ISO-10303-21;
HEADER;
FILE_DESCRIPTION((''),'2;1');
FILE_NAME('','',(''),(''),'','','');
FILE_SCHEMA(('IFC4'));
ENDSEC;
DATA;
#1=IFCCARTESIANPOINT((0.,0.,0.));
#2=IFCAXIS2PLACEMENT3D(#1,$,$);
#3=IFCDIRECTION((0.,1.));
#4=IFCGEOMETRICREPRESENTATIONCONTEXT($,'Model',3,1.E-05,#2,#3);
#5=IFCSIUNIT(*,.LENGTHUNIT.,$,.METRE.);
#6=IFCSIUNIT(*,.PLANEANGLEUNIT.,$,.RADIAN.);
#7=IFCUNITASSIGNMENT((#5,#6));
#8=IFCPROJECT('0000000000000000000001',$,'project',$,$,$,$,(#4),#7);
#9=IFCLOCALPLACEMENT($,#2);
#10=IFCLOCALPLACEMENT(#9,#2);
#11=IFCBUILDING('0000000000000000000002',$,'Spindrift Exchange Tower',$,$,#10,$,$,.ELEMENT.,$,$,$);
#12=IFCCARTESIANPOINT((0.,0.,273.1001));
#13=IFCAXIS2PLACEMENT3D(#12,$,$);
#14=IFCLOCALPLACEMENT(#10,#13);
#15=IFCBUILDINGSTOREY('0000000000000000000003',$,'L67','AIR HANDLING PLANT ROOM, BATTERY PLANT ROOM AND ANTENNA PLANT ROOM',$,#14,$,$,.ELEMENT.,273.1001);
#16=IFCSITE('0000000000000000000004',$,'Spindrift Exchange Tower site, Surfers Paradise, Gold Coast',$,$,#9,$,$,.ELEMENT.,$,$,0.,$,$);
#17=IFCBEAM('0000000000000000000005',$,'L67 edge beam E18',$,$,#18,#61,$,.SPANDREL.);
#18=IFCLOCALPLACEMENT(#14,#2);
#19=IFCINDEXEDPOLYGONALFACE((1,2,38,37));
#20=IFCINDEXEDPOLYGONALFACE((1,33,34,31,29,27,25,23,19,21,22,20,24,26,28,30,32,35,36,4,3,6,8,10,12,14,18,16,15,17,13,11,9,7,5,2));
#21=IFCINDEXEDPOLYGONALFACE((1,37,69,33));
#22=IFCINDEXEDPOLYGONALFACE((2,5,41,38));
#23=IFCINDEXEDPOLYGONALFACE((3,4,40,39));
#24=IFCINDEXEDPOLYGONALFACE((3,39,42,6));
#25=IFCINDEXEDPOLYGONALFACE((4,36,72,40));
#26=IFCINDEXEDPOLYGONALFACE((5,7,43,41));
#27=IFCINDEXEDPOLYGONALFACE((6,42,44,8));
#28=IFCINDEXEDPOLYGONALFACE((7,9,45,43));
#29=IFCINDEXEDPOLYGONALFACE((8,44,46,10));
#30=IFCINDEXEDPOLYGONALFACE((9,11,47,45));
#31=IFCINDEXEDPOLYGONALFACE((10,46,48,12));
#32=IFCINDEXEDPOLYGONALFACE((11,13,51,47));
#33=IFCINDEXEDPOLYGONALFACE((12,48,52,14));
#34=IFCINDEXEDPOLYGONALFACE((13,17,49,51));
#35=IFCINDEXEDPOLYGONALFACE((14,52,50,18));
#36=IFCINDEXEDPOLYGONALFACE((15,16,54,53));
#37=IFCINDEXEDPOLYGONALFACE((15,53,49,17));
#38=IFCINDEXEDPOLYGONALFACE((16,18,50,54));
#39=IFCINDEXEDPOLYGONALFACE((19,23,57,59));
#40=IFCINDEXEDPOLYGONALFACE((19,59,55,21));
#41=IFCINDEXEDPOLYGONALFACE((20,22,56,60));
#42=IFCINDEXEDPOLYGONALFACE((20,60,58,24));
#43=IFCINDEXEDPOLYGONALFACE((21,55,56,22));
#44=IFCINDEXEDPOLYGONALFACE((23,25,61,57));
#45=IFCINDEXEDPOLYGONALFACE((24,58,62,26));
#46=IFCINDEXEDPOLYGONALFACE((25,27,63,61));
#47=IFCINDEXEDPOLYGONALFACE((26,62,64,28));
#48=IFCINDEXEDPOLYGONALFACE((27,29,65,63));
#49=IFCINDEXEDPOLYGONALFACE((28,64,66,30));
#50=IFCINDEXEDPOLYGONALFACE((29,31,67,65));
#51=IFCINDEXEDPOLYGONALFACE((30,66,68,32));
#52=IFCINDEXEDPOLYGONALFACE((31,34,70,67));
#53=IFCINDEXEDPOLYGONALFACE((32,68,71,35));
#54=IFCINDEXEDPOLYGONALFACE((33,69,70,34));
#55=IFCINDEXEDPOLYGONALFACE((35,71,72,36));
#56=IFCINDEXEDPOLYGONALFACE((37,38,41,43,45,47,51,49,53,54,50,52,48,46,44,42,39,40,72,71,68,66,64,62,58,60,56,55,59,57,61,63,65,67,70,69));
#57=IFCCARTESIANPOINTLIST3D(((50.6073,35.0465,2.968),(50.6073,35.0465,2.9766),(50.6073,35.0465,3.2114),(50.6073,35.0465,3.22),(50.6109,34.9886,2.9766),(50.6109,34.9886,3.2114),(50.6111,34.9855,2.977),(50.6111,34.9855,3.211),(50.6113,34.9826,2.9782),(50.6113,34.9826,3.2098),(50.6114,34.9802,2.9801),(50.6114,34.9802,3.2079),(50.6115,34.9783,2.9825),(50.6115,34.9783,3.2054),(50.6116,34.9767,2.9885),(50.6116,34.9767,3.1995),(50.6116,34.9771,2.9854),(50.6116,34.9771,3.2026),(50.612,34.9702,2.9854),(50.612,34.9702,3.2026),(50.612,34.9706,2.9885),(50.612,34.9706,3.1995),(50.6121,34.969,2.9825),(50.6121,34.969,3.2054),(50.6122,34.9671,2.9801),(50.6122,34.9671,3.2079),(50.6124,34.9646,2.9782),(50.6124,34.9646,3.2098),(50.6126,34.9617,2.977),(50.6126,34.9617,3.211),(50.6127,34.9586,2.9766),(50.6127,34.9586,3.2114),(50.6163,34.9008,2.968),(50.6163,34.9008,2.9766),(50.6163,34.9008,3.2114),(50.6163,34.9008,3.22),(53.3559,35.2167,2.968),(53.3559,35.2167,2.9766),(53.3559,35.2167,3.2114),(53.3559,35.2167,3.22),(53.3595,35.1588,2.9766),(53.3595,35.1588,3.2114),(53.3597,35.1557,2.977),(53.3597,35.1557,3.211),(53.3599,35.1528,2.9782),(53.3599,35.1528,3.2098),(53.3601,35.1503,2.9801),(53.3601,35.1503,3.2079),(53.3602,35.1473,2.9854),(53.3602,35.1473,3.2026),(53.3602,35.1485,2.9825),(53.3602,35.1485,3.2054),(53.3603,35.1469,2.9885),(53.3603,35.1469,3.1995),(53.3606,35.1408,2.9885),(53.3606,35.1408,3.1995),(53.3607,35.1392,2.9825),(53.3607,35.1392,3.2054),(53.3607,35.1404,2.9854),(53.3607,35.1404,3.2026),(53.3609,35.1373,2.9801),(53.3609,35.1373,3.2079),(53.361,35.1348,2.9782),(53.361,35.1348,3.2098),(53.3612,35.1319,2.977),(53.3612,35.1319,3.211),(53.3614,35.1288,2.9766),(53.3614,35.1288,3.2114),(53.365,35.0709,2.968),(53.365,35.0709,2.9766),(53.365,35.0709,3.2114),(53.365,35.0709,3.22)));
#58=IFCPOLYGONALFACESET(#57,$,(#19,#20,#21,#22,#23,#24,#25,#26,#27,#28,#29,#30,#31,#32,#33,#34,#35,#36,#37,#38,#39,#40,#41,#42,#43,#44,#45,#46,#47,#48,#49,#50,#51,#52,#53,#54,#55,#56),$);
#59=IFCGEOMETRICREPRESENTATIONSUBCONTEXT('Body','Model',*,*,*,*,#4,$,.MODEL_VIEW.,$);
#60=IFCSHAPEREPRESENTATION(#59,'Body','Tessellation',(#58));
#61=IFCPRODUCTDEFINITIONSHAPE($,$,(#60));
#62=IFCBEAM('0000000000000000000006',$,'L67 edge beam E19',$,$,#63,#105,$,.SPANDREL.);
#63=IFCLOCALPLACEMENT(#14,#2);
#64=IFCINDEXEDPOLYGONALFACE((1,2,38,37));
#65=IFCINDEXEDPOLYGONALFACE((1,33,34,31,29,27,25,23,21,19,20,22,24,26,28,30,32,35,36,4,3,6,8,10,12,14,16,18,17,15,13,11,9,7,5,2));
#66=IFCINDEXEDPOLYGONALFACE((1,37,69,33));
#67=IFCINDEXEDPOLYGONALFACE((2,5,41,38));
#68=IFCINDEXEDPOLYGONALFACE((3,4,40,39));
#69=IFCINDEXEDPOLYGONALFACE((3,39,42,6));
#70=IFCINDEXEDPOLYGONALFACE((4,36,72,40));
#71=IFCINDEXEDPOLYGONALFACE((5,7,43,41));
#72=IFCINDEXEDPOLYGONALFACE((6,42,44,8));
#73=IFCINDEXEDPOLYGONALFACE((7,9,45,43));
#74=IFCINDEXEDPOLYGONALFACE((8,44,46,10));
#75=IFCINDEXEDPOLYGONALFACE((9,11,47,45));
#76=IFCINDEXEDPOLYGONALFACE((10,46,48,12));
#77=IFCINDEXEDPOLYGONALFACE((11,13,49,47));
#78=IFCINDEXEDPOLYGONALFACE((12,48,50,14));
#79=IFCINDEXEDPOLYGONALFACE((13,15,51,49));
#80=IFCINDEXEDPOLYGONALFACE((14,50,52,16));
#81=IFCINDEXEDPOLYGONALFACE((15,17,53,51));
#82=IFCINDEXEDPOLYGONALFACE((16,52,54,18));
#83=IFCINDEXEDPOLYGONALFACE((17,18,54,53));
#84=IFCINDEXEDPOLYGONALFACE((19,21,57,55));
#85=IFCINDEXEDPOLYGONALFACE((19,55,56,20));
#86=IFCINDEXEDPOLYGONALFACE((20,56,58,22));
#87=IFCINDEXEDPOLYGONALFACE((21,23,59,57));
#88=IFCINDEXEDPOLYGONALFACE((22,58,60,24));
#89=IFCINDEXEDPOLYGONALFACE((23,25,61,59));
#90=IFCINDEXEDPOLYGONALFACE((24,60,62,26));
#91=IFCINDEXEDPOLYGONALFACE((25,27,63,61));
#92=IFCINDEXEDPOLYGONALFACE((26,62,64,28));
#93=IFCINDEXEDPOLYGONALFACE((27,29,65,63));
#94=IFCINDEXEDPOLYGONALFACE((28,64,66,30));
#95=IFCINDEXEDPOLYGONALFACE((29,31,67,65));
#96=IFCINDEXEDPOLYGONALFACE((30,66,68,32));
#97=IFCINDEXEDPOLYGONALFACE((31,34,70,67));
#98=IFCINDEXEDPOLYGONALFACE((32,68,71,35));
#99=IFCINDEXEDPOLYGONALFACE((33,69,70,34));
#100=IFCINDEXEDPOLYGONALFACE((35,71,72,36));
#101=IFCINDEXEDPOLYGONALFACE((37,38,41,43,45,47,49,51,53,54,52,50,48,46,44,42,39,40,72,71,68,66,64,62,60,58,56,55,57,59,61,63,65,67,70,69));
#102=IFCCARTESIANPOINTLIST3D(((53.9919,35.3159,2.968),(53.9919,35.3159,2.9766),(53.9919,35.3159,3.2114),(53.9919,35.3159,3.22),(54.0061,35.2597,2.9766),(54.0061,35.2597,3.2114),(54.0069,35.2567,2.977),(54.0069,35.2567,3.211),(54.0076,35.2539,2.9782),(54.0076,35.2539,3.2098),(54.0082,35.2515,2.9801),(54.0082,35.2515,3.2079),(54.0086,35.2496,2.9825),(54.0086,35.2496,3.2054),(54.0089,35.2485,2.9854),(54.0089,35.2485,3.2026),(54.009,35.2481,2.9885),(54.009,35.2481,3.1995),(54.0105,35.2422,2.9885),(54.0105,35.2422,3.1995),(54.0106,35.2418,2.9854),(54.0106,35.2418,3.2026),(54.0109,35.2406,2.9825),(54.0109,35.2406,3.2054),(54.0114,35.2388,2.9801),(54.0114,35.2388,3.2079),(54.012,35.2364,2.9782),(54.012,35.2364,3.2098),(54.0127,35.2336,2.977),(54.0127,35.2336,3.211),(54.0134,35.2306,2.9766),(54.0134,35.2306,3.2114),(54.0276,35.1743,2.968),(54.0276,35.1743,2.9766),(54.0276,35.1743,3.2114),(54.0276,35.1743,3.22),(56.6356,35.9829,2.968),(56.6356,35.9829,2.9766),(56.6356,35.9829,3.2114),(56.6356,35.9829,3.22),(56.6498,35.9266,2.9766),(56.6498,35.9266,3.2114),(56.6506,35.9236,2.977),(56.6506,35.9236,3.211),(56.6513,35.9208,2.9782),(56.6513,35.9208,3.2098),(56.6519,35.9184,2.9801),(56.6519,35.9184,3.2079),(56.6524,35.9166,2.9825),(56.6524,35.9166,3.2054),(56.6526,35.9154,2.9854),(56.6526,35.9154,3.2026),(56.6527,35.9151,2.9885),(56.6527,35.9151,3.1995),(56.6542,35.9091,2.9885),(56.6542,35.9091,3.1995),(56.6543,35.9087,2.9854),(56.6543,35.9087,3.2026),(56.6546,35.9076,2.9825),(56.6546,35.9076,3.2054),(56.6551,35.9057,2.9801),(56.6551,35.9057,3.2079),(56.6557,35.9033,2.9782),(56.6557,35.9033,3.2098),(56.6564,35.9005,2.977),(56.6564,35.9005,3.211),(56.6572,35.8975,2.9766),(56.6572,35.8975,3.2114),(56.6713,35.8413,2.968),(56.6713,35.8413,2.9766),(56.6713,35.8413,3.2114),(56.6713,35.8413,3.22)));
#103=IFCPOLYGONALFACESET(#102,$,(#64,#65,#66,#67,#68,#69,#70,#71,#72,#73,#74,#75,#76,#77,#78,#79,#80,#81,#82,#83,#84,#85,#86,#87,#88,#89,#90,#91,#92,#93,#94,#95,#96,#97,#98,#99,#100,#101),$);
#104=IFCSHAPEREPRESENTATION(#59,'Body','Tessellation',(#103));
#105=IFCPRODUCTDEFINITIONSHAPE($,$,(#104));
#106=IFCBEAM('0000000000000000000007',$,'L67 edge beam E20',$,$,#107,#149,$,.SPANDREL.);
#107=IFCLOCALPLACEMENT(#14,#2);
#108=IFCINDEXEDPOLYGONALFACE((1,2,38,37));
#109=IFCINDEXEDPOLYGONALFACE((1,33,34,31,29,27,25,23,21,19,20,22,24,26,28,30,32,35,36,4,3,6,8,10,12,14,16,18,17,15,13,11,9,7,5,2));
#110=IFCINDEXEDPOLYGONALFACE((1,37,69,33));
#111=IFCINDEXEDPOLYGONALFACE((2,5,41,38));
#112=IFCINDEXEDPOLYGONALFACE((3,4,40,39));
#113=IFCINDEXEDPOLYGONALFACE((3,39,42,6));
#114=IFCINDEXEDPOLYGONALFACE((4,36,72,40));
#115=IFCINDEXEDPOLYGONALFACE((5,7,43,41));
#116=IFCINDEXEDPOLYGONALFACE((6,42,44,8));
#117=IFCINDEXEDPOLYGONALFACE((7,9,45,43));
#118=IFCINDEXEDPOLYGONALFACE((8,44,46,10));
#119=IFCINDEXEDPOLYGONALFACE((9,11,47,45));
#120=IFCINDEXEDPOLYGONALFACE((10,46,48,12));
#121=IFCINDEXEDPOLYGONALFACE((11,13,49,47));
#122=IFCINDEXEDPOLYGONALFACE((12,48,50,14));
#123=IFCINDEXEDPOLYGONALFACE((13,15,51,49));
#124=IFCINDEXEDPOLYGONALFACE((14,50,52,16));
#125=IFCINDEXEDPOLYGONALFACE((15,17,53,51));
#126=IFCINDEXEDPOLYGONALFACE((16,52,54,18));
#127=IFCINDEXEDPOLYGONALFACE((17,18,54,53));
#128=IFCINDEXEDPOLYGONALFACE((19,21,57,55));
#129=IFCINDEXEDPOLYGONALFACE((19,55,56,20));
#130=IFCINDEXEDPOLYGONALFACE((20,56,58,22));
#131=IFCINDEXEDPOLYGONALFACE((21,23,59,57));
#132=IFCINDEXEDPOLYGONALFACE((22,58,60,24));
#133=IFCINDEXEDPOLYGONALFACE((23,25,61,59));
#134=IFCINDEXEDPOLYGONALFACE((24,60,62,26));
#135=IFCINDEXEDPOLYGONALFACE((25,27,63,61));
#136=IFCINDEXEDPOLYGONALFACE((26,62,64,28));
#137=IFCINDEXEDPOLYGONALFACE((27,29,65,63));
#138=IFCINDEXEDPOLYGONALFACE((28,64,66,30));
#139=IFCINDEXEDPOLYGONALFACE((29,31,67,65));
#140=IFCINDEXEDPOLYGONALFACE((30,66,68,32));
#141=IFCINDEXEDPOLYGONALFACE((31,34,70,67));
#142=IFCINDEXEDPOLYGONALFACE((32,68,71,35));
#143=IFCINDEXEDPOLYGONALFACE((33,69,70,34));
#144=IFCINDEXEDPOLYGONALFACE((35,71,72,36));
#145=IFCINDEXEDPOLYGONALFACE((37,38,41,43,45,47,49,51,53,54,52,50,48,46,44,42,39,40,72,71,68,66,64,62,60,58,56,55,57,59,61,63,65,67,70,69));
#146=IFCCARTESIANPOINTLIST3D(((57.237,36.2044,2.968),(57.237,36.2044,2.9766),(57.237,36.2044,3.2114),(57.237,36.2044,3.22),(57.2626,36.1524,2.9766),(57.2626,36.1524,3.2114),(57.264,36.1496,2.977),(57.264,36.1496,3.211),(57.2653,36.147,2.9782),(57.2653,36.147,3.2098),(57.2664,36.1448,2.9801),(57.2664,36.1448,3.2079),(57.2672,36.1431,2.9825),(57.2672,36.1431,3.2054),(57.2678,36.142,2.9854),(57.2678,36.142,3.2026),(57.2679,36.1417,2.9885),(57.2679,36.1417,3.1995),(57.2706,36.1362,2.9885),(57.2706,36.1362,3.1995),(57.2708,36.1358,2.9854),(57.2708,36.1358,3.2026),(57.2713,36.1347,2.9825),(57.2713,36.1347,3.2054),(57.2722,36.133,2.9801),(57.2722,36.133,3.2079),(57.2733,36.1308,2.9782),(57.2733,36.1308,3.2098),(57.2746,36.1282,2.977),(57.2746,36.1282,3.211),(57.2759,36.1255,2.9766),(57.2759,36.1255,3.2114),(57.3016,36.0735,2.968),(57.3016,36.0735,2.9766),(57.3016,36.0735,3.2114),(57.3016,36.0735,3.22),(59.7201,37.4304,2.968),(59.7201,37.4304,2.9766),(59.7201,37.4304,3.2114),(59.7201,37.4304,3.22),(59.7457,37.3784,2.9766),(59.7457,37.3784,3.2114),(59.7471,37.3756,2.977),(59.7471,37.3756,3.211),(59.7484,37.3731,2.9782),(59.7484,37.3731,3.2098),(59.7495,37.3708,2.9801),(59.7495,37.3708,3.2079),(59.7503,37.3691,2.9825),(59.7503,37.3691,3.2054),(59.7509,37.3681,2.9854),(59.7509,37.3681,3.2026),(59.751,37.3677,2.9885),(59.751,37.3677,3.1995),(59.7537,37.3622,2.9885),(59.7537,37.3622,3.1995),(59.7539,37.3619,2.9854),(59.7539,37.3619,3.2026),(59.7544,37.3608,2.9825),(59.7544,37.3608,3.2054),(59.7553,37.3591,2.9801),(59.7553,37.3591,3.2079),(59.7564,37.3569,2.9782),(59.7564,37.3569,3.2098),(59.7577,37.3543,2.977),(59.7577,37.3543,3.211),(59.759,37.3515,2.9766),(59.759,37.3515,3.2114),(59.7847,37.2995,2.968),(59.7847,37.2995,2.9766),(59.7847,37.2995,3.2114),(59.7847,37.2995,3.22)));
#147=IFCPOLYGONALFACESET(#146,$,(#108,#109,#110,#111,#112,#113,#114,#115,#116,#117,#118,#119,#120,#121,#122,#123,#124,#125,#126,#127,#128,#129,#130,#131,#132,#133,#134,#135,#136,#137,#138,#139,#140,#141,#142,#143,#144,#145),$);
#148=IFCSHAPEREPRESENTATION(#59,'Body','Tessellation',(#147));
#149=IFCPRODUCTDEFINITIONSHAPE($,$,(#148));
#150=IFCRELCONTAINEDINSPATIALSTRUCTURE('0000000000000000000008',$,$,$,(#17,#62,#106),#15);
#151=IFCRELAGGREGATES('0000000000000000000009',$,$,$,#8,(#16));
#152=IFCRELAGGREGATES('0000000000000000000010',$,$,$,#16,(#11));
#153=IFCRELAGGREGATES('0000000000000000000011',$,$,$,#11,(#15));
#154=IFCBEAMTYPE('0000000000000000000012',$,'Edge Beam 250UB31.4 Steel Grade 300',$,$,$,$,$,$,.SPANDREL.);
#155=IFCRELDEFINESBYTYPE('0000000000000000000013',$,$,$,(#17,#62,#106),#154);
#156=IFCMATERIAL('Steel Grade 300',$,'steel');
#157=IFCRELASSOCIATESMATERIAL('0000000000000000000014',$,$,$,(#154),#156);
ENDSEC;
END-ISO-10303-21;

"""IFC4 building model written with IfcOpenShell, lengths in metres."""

from ifc_helpers import new_model, si_unit, direction, frame, origin, origin_2d, place, context, subcontext, project, spatial, i_section, extrude, source, transform, mapped, material, material_profile, profile_set, type_object, element, save


model = new_model("IFC4")

# Units and contexts
model_context = context("Model", 3, precision=1e-05, world=origin(), true_north=direction((0.0, 1.0)))
body_context = subcontext(model_context, "Body", "Model", "MODEL_VIEW")
ifc_project = project(units=[si_unit("LENGTHUNIT", "METRE"), si_unit("PLANEANGLEUNIT", "RADIAN")], contexts=[model_context])

# Site, building, storey
site_placement = place(None, origin())
site = spatial("IfcSite", under=ifc_project, at=site_placement, Name="Spindrift Exchange Tower site, Surfers Paradise, Gold Coast", CompositionType="ELEMENT", RefElevation=0.0)
building_placement = place(site_placement, origin())
building = spatial("IfcBuilding", under=site, at=building_placement, Name="Spindrift Exchange Tower", CompositionType="ELEMENT")
storey_placement = place(building_placement, frame((0.0, 0.0, 273.1001)))
storey = spatial("IfcBuildingStorey", under=building, at=storey_placement, Name="L67", Description="AIR HANDLING PLANT ROOM, BATTERY PLANT ROOM AND ANTENNA PLANT ROOM", CompositionType="ELEMENT", Elevation=273.1001)

# Beams
ifc_material_1 = material(Name="Steel Grade 300", Category="steel")
ifc_material_profile_1 = material_profile(ifc_material_1, i_section(OverallWidth=0.146, OverallDepth=0.252, WebThickness=0.0061, FlangeThickness=0.0085, FilletRadius=0.012, at=origin_2d()), Name="250UB31.4")
ifc_profile_set_1 = profile_set([ifc_material_profile_1], Name="Steel Grade 300")
beam_type_1 = type_object("IfcBeamType", Name="Edge Beam 250UB31.4 Steel Grade 300", PredefinedType="SPANDREL", material=ifc_profile_set_1)
shared_shape_1 = source(origin(), body_context, "Body", "SweptSolid", [
    extrude(i_section(OverallWidth=0.146, OverallDepth=0.252, WebThickness=0.0061, FlangeThickness=0.0085, FilletRadius=0.012, at=origin_2d()), origin(), (0.0, 0.0, 1.0), 2.7539),
])
beam_1_placement = place(storey_placement, frame((50.6118, 34.9736, 3.094), z_axis=(0.998089, 0.061793, 0.0), x_axis=(-0.061793, 0.998089, 0.0)))
element("IfcBeam", 1, at=beam_1_placement, inside=storey, type_object=beam_type_1, Name="L67 edge beam E18", PredefinedType="SPANDREL", context=body_context, shape_type="MappedRepresentation", body=[
    mapped(shared_shape_1, transform((0.0, 0.0, 0.0), scale=1.0)),
])
shared_shape_2 = source(origin(), body_context, "Body", "SweptSolid", [
    extrude(i_section(OverallWidth=0.146, OverallDepth=0.252, WebThickness=0.0061, FlangeThickness=0.0085, FilletRadius=0.012, at=origin_2d()), origin(), (0.0, 0.0, 1.0), 2.7266),
])
beam_2_placement = place(storey_placement, frame((54.0098, 35.2451, 3.094), z_axis=(0.969619, 0.244621, 0.0), x_axis=(-0.244621, 0.969619, 0.0)))
element("IfcBeam", 2, at=beam_2_placement, inside=storey, type_object=beam_type_1, Name="L67 edge beam E19", PredefinedType="SPANDREL", context=body_context, shape_type="MappedRepresentation", body=[
    mapped(shared_shape_2, transform((0.0, 0.0, 0.0), scale=1.0)),
])
shared_shape_3 = source(origin(), body_context, "Body", "SweptSolid", [
    extrude(i_section(OverallWidth=0.146, OverallDepth=0.252, WebThickness=0.0061, FlangeThickness=0.0085, FilletRadius=0.012, at=origin_2d()), origin(), (0.0, 0.0, 1.0), 2.7693),
])
beam_3_placement = place(storey_placement, frame((57.2693, 36.1389, 3.094), z_axis=(0.896655, 0.44273, 0.0), x_axis=(-0.44273, 0.896655, 0.0)))
element("IfcBeam", 3, at=beam_3_placement, inside=storey, type_object=beam_type_1, Name="L67 edge beam E20", PredefinedType="SPANDREL", context=body_context, shape_type="MappedRepresentation", body=[
    mapped(shared_shape_3, transform((0.0, 0.0, 0.0), scale=1.0)),
])

save(model, "model.ifc")
